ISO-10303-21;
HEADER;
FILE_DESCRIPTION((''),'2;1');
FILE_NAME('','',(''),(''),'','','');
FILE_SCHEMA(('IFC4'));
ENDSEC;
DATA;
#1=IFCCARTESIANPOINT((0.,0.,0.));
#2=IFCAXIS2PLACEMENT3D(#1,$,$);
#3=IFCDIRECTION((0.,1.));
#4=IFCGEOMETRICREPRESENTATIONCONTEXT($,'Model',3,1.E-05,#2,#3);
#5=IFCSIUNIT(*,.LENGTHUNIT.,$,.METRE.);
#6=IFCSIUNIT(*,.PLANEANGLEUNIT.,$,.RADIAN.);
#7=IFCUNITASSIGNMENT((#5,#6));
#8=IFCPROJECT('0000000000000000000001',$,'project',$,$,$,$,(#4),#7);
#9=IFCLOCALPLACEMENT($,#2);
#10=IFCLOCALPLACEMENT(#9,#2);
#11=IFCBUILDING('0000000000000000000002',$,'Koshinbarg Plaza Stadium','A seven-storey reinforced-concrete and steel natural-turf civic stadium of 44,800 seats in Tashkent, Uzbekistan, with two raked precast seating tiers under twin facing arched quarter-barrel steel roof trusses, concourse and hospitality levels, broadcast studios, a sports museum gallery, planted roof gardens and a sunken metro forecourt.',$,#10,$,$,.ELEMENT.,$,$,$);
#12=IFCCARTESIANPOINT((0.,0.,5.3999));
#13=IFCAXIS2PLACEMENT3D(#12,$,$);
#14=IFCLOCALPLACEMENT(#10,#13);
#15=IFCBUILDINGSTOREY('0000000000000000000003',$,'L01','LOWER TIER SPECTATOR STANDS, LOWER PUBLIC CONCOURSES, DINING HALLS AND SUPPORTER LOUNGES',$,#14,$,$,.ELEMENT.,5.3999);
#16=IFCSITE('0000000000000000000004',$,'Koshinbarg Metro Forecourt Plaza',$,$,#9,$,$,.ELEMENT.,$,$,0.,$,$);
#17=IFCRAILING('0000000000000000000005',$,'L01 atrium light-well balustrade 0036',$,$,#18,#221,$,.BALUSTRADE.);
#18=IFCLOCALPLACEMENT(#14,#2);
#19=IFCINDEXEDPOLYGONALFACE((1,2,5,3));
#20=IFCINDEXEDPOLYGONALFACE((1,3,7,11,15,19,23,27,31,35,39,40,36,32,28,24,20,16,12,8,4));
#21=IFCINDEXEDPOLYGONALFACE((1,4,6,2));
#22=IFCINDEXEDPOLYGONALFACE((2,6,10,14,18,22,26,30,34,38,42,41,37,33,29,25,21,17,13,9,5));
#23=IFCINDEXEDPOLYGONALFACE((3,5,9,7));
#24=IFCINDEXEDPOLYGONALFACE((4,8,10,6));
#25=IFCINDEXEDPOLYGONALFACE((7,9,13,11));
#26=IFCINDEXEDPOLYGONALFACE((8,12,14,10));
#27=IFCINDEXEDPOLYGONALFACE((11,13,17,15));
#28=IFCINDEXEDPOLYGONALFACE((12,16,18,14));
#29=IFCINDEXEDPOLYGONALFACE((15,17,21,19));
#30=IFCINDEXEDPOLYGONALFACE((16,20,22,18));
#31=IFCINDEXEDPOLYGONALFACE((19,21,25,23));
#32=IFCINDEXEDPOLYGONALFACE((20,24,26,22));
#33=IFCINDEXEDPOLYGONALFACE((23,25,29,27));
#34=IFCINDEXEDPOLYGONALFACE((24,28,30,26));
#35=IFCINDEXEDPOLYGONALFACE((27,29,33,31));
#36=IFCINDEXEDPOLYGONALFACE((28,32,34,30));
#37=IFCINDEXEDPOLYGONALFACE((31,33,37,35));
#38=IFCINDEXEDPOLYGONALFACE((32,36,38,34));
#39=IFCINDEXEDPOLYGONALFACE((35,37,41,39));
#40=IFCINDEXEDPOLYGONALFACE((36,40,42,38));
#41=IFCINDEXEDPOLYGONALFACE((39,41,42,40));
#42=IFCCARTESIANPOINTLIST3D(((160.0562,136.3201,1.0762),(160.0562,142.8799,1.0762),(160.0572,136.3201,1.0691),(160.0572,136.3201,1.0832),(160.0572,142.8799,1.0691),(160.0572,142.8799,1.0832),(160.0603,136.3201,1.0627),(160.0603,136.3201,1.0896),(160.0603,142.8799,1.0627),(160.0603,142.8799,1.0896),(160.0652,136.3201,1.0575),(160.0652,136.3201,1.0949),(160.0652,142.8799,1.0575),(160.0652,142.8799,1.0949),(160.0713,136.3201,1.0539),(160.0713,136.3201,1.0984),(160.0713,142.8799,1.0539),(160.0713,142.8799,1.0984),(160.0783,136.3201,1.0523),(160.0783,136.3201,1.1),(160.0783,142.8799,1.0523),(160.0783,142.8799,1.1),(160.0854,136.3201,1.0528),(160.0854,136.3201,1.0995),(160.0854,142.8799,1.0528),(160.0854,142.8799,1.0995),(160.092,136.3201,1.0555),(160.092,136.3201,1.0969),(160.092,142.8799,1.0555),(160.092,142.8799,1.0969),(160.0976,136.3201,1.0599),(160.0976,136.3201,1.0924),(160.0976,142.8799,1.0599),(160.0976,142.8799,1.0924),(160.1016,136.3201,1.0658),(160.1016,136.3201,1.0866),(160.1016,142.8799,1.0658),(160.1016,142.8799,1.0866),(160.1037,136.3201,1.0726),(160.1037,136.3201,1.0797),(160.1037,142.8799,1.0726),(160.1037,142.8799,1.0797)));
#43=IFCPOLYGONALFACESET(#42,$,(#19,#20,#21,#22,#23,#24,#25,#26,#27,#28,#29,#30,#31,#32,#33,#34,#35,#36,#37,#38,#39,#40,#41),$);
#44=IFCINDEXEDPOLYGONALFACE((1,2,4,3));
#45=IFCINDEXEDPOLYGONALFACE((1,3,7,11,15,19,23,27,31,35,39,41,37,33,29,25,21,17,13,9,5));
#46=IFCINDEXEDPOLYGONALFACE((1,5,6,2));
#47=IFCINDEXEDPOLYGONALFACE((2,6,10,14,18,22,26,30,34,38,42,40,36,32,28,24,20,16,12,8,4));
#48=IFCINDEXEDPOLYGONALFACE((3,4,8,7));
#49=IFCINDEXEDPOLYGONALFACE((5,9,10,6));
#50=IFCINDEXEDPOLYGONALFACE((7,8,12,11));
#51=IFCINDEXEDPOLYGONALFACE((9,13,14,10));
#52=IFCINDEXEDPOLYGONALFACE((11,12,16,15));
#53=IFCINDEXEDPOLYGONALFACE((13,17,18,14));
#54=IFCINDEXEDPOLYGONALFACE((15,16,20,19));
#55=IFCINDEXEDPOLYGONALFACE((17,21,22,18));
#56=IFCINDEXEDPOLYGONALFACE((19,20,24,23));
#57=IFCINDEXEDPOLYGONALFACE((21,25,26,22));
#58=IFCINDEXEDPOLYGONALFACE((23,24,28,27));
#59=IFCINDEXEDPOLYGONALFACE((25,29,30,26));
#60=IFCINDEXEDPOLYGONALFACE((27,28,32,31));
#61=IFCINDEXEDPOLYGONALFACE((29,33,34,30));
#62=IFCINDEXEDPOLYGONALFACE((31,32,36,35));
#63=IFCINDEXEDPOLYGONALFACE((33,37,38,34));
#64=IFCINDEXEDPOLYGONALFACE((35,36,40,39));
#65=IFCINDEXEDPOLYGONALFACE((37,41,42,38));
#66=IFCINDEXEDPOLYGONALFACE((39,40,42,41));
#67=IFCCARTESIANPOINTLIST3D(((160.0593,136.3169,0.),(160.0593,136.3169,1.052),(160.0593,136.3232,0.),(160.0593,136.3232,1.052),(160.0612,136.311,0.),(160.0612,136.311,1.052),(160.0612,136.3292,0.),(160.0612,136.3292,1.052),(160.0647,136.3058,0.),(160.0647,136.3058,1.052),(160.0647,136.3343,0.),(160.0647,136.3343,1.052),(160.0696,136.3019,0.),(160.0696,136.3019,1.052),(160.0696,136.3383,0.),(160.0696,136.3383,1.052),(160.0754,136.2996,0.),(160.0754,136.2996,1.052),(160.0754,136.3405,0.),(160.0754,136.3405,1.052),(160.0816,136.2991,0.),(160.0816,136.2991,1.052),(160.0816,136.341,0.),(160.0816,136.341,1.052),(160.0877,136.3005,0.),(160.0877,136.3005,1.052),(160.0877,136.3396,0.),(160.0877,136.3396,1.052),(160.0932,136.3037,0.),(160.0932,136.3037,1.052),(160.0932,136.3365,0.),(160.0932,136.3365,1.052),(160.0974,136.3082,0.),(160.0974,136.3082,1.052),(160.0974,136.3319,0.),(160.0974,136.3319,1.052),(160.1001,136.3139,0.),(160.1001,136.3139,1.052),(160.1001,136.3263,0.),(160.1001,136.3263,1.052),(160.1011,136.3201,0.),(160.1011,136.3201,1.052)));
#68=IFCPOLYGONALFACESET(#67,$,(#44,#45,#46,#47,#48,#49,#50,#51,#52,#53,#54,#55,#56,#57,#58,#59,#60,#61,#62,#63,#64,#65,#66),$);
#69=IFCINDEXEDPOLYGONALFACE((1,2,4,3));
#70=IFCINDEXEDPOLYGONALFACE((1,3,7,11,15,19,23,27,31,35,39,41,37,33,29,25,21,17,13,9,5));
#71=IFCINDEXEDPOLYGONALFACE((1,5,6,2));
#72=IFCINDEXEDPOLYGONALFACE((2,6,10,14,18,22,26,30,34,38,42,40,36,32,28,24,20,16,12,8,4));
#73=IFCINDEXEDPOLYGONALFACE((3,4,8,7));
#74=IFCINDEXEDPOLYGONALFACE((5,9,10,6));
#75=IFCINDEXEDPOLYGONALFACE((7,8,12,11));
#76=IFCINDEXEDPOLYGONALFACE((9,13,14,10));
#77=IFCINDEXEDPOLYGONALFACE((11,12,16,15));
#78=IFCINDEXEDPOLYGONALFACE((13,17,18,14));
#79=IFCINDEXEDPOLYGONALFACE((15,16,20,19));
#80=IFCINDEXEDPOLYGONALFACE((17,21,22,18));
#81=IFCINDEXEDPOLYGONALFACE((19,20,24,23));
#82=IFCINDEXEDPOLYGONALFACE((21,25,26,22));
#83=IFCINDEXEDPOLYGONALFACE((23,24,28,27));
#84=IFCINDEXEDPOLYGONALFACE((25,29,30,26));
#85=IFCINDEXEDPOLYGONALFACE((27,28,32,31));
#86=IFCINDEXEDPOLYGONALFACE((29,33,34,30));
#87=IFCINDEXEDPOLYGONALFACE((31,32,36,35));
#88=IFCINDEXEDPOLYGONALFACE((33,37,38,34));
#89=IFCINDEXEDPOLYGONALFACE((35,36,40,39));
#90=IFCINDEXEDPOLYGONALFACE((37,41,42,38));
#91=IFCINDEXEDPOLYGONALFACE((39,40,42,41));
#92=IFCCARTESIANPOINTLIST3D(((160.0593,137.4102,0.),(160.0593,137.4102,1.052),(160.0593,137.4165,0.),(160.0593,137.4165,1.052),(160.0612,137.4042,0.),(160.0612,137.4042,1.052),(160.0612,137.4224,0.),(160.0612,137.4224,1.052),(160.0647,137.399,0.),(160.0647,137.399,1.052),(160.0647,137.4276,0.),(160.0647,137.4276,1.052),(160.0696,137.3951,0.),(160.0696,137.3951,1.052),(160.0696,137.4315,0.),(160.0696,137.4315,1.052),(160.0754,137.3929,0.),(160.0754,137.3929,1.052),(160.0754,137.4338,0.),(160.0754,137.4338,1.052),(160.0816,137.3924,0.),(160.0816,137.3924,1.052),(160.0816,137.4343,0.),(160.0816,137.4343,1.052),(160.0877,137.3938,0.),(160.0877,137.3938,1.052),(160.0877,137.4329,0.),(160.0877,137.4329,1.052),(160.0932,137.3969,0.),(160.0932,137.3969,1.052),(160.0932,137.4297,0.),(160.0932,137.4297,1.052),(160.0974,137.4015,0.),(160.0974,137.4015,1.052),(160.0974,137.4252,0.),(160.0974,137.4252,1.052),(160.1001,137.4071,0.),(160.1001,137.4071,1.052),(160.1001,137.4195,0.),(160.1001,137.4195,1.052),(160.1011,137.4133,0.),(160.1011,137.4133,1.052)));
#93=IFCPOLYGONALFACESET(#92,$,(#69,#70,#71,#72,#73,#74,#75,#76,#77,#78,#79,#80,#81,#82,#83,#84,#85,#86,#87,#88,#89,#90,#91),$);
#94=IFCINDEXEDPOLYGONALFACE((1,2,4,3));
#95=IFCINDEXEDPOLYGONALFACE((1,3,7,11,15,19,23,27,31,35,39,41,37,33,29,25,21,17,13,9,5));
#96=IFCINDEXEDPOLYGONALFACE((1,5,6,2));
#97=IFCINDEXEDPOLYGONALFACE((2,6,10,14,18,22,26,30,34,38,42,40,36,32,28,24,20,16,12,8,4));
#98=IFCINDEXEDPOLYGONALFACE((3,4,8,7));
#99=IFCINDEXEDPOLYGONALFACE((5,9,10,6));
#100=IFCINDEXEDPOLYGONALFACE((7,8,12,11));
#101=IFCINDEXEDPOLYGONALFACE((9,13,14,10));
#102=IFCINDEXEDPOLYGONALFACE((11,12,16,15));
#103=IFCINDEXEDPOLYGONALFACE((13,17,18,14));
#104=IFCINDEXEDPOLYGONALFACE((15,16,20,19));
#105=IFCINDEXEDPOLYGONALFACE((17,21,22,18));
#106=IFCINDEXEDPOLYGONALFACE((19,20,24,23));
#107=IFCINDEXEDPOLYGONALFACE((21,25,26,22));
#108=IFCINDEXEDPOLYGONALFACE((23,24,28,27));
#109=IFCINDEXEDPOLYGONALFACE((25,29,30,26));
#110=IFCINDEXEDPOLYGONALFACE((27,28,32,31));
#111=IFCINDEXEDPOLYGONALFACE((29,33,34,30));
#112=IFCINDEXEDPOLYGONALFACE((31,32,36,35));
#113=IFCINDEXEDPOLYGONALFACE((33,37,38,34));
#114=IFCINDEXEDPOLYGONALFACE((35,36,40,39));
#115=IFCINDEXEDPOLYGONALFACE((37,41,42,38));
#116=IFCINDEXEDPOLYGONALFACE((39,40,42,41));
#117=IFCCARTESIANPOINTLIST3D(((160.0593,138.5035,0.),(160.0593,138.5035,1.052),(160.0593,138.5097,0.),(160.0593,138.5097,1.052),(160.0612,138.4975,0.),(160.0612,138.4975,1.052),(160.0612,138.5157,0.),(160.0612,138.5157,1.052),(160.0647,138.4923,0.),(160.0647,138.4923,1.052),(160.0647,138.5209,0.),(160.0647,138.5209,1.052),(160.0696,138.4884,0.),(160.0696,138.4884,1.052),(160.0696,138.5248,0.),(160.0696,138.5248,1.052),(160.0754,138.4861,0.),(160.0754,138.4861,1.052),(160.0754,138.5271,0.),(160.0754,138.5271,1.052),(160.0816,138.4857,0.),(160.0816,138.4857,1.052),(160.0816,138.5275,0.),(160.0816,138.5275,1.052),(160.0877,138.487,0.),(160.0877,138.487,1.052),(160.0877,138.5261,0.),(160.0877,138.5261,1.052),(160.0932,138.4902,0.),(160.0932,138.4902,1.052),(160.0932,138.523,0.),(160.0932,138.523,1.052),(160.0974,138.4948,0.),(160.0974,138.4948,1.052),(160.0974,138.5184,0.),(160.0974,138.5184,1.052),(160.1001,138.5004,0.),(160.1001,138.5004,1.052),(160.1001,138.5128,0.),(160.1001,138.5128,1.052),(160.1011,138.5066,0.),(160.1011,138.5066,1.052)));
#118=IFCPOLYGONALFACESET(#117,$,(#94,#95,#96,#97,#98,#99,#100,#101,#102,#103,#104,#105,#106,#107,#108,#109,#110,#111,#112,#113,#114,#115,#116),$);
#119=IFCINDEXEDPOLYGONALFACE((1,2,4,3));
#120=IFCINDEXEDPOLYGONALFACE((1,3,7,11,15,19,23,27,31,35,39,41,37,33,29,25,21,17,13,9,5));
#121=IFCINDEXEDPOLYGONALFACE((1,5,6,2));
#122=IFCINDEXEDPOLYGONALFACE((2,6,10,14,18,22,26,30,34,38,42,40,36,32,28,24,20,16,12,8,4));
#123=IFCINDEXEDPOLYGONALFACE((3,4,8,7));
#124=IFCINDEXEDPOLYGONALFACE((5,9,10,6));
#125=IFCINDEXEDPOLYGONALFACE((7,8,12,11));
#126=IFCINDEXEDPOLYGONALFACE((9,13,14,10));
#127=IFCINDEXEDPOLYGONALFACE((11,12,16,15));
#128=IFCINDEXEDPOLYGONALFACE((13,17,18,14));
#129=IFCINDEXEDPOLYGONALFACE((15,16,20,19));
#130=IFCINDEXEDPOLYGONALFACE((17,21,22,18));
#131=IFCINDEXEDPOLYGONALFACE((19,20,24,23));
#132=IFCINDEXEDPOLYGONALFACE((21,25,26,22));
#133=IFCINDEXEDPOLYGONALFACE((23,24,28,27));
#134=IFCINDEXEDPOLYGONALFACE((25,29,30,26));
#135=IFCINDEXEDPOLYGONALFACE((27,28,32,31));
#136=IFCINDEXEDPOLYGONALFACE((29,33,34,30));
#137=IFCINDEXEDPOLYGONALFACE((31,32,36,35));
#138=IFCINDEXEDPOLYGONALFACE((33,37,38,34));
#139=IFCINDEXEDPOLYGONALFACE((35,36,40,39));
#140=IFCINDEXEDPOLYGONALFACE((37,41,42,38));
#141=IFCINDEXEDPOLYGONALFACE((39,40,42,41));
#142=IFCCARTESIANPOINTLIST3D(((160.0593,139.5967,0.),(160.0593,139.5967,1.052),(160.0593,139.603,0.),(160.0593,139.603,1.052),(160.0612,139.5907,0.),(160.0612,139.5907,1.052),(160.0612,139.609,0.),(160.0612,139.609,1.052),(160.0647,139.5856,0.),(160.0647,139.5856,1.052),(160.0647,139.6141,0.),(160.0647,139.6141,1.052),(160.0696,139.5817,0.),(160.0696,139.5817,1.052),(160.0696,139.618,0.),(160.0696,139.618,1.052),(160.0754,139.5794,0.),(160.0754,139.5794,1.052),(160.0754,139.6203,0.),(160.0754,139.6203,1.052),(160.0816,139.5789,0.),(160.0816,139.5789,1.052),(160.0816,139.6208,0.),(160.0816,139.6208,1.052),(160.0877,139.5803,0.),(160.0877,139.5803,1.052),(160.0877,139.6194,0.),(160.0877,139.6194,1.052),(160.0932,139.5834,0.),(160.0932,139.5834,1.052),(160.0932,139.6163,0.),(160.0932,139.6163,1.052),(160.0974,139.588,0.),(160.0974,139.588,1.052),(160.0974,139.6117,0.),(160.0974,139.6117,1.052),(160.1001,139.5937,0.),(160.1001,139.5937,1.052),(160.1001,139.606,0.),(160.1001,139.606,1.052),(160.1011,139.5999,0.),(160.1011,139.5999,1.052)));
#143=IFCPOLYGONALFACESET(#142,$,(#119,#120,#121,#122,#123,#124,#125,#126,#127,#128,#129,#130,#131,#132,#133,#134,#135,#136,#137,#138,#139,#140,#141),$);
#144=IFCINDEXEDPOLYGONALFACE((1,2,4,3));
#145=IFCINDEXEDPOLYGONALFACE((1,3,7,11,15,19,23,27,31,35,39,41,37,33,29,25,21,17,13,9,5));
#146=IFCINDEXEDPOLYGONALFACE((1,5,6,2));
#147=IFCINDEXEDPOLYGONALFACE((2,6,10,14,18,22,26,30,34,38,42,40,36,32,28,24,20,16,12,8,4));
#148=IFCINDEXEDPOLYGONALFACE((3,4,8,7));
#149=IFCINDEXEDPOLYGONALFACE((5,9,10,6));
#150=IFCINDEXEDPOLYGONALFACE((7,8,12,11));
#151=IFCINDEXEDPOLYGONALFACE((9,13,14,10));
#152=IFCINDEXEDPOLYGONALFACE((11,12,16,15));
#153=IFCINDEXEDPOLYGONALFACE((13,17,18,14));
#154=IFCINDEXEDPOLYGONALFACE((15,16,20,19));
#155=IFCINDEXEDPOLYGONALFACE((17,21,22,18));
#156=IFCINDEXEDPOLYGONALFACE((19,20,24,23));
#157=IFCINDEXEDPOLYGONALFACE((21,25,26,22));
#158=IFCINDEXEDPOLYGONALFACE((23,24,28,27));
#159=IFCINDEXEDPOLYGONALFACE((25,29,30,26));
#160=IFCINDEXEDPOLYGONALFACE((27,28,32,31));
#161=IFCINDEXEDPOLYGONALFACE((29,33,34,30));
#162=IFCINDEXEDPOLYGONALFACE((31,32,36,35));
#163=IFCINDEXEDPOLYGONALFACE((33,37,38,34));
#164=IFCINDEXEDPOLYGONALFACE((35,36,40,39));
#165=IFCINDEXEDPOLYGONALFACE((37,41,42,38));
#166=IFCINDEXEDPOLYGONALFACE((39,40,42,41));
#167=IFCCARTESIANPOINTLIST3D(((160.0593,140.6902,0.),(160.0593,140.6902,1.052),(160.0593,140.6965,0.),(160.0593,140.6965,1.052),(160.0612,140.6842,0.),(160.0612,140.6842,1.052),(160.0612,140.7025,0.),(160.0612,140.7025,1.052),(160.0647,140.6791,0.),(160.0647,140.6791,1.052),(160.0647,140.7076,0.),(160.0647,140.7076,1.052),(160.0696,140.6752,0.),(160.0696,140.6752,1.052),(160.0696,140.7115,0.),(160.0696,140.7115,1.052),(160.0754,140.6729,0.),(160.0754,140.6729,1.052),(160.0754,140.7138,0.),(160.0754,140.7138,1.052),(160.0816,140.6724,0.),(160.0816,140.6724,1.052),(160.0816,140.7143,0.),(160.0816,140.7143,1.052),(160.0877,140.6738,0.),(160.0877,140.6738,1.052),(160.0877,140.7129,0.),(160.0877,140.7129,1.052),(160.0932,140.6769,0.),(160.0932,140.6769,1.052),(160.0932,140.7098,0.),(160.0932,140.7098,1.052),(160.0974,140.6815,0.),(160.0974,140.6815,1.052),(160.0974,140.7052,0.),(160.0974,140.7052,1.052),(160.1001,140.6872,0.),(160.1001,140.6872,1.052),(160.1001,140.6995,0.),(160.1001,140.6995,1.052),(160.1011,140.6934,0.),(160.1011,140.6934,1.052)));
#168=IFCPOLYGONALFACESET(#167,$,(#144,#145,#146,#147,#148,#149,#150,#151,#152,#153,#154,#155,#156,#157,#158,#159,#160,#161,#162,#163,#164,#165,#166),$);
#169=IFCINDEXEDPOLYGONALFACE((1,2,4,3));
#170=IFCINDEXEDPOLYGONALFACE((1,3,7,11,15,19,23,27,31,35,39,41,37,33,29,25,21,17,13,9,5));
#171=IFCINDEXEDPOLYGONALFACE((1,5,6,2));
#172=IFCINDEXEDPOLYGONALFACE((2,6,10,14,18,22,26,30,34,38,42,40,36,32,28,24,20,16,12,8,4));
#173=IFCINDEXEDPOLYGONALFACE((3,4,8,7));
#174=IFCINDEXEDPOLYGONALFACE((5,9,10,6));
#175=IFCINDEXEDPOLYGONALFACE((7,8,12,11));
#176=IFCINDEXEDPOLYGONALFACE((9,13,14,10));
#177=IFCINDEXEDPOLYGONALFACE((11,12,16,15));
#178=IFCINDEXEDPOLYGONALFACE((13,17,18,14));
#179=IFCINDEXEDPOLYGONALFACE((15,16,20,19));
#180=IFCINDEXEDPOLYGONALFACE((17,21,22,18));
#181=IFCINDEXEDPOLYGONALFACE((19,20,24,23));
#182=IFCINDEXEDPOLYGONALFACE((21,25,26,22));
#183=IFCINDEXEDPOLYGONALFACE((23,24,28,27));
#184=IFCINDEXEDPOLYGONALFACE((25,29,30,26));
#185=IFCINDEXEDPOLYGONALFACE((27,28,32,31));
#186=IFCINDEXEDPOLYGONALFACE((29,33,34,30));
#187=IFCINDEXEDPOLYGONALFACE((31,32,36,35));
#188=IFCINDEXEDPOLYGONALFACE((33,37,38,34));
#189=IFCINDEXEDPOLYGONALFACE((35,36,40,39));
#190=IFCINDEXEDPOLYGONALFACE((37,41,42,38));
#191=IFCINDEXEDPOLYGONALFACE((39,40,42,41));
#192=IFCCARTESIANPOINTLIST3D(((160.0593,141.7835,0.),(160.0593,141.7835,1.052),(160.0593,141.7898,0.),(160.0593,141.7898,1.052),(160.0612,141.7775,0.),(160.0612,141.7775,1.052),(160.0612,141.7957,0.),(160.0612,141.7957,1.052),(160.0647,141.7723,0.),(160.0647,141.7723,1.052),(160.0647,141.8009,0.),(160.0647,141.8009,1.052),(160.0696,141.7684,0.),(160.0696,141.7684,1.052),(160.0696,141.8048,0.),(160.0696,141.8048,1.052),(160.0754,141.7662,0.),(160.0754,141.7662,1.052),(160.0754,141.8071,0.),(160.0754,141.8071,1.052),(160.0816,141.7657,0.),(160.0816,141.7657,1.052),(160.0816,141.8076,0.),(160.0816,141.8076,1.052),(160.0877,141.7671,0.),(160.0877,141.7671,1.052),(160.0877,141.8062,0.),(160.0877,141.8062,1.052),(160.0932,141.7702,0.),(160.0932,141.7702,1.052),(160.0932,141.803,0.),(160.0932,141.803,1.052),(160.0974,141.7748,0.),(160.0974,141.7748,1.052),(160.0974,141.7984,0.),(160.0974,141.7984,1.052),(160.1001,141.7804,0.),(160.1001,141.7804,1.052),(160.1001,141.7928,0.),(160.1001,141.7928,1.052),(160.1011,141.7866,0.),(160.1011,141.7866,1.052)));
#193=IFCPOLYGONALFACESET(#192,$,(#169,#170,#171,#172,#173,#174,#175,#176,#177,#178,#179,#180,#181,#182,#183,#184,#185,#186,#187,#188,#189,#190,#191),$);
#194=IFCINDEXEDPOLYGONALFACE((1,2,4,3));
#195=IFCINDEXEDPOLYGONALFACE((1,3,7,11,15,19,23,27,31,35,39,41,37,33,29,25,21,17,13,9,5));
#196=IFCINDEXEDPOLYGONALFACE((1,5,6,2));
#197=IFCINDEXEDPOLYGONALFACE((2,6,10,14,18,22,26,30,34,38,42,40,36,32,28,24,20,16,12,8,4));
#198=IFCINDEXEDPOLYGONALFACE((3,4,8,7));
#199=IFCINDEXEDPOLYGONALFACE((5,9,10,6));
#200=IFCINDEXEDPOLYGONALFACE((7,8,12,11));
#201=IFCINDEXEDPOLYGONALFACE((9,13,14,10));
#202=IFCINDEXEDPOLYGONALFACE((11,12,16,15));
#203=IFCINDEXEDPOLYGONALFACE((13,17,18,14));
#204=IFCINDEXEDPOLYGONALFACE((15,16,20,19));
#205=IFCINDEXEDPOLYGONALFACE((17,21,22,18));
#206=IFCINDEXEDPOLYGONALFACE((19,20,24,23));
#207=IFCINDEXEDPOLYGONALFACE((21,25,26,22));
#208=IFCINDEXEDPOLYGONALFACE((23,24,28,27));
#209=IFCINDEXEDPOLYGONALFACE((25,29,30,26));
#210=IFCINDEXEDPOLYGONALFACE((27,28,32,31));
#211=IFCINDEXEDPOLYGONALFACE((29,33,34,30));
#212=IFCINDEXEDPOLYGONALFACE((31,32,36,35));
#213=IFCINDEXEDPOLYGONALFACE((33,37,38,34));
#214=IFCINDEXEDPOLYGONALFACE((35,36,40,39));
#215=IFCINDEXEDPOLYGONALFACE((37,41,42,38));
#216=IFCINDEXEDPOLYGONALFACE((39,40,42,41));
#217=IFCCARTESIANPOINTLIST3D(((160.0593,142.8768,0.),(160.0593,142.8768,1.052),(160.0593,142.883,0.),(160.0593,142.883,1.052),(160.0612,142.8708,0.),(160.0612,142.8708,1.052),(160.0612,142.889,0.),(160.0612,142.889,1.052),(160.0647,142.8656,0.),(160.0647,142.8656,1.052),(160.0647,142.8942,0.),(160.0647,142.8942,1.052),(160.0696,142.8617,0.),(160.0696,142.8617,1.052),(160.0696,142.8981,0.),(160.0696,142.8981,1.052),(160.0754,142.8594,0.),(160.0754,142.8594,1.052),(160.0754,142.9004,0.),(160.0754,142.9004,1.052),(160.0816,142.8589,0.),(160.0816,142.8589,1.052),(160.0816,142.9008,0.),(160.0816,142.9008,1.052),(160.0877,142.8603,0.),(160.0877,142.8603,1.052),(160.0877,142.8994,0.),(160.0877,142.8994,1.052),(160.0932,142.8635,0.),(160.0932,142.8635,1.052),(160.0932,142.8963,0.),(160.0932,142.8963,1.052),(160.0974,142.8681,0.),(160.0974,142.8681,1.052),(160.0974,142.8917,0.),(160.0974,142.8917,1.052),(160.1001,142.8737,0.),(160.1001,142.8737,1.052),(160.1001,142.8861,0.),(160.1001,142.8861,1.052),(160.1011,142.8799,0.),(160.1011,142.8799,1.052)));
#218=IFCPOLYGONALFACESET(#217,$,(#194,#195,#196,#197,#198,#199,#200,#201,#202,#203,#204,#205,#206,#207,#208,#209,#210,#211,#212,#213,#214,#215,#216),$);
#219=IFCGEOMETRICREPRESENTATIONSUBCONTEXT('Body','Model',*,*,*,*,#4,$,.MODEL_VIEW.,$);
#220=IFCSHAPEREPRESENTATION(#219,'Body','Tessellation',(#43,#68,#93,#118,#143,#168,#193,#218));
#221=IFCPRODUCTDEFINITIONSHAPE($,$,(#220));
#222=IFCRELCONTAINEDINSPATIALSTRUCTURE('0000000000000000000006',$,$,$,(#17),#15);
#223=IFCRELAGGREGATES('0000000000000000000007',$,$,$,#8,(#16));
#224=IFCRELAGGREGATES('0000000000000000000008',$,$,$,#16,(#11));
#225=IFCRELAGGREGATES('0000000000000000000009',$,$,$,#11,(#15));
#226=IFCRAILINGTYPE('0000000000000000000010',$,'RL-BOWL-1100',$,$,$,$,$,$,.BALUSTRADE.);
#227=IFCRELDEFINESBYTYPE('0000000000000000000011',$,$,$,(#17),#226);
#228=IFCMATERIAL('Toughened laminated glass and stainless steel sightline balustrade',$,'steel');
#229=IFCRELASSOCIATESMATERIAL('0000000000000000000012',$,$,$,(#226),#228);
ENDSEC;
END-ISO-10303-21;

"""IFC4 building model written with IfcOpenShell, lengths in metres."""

from ifc_helpers import new_model, si_unit, direction, frame, origin, origin_2d, place, context, subcontext, project, spatial, circle, extrude, material, type_object, element, save


model = new_model("IFC4")

# Units and contexts
model_context = context("Model", 3, precision=1e-05, world=origin(), true_north=direction((0.0, 1.0)))
body_context = subcontext(model_context, "Body", "Model", "MODEL_VIEW")
ifc_project = project(units=[si_unit("LENGTHUNIT", "METRE"), si_unit("PLANEANGLEUNIT", "RADIAN")], contexts=[model_context])

# Site, building, storey
site_placement = place(None, origin())
site = spatial("IfcSite", under=ifc_project, at=site_placement, Name="Koshinbarg Metro Forecourt Plaza", CompositionType="ELEMENT", RefElevation=0.0)
building_placement = place(site_placement, origin())
building = spatial("IfcBuilding", under=site, at=building_placement, Name="Koshinbarg Plaza Stadium", Description="A seven-storey reinforced-concrete and steel natural-turf civic stadium of 44,800 seats in Tashkent, Uzbekistan, with two raked precast seating tiers under twin facing arched quarter-barrel steel roof trusses, concourse and hospitality levels, broadcast studios, a sports museum gallery, planted roof gardens and a sunken metro forecourt.", CompositionType="ELEMENT")
storey_placement = place(building_placement, frame((0.0, 0.0, 5.3999)))
storey = spatial("IfcBuildingStorey", under=building, at=storey_placement, Name="L01", Description="LOWER TIER SPECTATOR STANDS, LOWER PUBLIC CONCOURSES, DINING HALLS AND SUPPORTER LOUNGES", CompositionType="ELEMENT", Elevation=5.3999)

# Railing
ifc_material_1 = material(Name="Toughened laminated glass and stainless steel sightline balustrade", Category="steel")
railing_type = type_object("IfcRailingType", Name="RL-BOWL-1100", PredefinedType="BALUSTRADE", material=ifc_material_1)
railing_1_placement = place(storey_placement, frame((160.0801, 136.3201, 0.0)))
element("IfcRailing", 1, at=railing_1_placement, inside=storey, type_object=railing_type, Name="L01 atrium light-well balustrade 0036", PredefinedType="BALUSTRADE", context=body_context, shape_type="SweptSolid", body=[
    extrude(circle(Radius=0.0239, at=origin_2d()), frame((0.0, 0.0, 1.0762), z_axis=(0.0, 1.0, 0.0), x_axis=(-1.0, 0.0, 0.0)), (0.0, 0.0, 1.0), 6.5598),
    extrude(circle(Radius=0.021, at=origin_2d()), origin(), (0.0, 0.0, 1.0), 1.052),
    extrude(circle(Radius=0.021, at=origin_2d()), frame((0.0, 1.0933, 0.0)), (0.0, 0.0, 1.0), 1.052),
    extrude(circle(Radius=0.021, at=origin_2d()), frame((0.0, 2.1865, 0.0)), (0.0, 0.0, 1.0), 1.052),
    extrude(circle(Radius=0.021, at=origin_2d()), frame((0.0, 3.2798, 0.0)), (0.0, 0.0, 1.0), 1.052),
    extrude(circle(Radius=0.021, at=origin_2d()), frame((0.0, 4.3733, 0.0)), (0.0, 0.0, 1.0), 1.052),
    extrude(circle(Radius=0.021, at=origin_2d()), frame((0.0, 5.4666, 0.0)), (0.0, 0.0, 1.0), 1.052),
    extrude(circle(Radius=0.021, at=origin_2d()), frame((0.0, 6.5598, 0.0)), (0.0, 0.0, 1.0), 1.052),
])

save(model, "model.ifc")
